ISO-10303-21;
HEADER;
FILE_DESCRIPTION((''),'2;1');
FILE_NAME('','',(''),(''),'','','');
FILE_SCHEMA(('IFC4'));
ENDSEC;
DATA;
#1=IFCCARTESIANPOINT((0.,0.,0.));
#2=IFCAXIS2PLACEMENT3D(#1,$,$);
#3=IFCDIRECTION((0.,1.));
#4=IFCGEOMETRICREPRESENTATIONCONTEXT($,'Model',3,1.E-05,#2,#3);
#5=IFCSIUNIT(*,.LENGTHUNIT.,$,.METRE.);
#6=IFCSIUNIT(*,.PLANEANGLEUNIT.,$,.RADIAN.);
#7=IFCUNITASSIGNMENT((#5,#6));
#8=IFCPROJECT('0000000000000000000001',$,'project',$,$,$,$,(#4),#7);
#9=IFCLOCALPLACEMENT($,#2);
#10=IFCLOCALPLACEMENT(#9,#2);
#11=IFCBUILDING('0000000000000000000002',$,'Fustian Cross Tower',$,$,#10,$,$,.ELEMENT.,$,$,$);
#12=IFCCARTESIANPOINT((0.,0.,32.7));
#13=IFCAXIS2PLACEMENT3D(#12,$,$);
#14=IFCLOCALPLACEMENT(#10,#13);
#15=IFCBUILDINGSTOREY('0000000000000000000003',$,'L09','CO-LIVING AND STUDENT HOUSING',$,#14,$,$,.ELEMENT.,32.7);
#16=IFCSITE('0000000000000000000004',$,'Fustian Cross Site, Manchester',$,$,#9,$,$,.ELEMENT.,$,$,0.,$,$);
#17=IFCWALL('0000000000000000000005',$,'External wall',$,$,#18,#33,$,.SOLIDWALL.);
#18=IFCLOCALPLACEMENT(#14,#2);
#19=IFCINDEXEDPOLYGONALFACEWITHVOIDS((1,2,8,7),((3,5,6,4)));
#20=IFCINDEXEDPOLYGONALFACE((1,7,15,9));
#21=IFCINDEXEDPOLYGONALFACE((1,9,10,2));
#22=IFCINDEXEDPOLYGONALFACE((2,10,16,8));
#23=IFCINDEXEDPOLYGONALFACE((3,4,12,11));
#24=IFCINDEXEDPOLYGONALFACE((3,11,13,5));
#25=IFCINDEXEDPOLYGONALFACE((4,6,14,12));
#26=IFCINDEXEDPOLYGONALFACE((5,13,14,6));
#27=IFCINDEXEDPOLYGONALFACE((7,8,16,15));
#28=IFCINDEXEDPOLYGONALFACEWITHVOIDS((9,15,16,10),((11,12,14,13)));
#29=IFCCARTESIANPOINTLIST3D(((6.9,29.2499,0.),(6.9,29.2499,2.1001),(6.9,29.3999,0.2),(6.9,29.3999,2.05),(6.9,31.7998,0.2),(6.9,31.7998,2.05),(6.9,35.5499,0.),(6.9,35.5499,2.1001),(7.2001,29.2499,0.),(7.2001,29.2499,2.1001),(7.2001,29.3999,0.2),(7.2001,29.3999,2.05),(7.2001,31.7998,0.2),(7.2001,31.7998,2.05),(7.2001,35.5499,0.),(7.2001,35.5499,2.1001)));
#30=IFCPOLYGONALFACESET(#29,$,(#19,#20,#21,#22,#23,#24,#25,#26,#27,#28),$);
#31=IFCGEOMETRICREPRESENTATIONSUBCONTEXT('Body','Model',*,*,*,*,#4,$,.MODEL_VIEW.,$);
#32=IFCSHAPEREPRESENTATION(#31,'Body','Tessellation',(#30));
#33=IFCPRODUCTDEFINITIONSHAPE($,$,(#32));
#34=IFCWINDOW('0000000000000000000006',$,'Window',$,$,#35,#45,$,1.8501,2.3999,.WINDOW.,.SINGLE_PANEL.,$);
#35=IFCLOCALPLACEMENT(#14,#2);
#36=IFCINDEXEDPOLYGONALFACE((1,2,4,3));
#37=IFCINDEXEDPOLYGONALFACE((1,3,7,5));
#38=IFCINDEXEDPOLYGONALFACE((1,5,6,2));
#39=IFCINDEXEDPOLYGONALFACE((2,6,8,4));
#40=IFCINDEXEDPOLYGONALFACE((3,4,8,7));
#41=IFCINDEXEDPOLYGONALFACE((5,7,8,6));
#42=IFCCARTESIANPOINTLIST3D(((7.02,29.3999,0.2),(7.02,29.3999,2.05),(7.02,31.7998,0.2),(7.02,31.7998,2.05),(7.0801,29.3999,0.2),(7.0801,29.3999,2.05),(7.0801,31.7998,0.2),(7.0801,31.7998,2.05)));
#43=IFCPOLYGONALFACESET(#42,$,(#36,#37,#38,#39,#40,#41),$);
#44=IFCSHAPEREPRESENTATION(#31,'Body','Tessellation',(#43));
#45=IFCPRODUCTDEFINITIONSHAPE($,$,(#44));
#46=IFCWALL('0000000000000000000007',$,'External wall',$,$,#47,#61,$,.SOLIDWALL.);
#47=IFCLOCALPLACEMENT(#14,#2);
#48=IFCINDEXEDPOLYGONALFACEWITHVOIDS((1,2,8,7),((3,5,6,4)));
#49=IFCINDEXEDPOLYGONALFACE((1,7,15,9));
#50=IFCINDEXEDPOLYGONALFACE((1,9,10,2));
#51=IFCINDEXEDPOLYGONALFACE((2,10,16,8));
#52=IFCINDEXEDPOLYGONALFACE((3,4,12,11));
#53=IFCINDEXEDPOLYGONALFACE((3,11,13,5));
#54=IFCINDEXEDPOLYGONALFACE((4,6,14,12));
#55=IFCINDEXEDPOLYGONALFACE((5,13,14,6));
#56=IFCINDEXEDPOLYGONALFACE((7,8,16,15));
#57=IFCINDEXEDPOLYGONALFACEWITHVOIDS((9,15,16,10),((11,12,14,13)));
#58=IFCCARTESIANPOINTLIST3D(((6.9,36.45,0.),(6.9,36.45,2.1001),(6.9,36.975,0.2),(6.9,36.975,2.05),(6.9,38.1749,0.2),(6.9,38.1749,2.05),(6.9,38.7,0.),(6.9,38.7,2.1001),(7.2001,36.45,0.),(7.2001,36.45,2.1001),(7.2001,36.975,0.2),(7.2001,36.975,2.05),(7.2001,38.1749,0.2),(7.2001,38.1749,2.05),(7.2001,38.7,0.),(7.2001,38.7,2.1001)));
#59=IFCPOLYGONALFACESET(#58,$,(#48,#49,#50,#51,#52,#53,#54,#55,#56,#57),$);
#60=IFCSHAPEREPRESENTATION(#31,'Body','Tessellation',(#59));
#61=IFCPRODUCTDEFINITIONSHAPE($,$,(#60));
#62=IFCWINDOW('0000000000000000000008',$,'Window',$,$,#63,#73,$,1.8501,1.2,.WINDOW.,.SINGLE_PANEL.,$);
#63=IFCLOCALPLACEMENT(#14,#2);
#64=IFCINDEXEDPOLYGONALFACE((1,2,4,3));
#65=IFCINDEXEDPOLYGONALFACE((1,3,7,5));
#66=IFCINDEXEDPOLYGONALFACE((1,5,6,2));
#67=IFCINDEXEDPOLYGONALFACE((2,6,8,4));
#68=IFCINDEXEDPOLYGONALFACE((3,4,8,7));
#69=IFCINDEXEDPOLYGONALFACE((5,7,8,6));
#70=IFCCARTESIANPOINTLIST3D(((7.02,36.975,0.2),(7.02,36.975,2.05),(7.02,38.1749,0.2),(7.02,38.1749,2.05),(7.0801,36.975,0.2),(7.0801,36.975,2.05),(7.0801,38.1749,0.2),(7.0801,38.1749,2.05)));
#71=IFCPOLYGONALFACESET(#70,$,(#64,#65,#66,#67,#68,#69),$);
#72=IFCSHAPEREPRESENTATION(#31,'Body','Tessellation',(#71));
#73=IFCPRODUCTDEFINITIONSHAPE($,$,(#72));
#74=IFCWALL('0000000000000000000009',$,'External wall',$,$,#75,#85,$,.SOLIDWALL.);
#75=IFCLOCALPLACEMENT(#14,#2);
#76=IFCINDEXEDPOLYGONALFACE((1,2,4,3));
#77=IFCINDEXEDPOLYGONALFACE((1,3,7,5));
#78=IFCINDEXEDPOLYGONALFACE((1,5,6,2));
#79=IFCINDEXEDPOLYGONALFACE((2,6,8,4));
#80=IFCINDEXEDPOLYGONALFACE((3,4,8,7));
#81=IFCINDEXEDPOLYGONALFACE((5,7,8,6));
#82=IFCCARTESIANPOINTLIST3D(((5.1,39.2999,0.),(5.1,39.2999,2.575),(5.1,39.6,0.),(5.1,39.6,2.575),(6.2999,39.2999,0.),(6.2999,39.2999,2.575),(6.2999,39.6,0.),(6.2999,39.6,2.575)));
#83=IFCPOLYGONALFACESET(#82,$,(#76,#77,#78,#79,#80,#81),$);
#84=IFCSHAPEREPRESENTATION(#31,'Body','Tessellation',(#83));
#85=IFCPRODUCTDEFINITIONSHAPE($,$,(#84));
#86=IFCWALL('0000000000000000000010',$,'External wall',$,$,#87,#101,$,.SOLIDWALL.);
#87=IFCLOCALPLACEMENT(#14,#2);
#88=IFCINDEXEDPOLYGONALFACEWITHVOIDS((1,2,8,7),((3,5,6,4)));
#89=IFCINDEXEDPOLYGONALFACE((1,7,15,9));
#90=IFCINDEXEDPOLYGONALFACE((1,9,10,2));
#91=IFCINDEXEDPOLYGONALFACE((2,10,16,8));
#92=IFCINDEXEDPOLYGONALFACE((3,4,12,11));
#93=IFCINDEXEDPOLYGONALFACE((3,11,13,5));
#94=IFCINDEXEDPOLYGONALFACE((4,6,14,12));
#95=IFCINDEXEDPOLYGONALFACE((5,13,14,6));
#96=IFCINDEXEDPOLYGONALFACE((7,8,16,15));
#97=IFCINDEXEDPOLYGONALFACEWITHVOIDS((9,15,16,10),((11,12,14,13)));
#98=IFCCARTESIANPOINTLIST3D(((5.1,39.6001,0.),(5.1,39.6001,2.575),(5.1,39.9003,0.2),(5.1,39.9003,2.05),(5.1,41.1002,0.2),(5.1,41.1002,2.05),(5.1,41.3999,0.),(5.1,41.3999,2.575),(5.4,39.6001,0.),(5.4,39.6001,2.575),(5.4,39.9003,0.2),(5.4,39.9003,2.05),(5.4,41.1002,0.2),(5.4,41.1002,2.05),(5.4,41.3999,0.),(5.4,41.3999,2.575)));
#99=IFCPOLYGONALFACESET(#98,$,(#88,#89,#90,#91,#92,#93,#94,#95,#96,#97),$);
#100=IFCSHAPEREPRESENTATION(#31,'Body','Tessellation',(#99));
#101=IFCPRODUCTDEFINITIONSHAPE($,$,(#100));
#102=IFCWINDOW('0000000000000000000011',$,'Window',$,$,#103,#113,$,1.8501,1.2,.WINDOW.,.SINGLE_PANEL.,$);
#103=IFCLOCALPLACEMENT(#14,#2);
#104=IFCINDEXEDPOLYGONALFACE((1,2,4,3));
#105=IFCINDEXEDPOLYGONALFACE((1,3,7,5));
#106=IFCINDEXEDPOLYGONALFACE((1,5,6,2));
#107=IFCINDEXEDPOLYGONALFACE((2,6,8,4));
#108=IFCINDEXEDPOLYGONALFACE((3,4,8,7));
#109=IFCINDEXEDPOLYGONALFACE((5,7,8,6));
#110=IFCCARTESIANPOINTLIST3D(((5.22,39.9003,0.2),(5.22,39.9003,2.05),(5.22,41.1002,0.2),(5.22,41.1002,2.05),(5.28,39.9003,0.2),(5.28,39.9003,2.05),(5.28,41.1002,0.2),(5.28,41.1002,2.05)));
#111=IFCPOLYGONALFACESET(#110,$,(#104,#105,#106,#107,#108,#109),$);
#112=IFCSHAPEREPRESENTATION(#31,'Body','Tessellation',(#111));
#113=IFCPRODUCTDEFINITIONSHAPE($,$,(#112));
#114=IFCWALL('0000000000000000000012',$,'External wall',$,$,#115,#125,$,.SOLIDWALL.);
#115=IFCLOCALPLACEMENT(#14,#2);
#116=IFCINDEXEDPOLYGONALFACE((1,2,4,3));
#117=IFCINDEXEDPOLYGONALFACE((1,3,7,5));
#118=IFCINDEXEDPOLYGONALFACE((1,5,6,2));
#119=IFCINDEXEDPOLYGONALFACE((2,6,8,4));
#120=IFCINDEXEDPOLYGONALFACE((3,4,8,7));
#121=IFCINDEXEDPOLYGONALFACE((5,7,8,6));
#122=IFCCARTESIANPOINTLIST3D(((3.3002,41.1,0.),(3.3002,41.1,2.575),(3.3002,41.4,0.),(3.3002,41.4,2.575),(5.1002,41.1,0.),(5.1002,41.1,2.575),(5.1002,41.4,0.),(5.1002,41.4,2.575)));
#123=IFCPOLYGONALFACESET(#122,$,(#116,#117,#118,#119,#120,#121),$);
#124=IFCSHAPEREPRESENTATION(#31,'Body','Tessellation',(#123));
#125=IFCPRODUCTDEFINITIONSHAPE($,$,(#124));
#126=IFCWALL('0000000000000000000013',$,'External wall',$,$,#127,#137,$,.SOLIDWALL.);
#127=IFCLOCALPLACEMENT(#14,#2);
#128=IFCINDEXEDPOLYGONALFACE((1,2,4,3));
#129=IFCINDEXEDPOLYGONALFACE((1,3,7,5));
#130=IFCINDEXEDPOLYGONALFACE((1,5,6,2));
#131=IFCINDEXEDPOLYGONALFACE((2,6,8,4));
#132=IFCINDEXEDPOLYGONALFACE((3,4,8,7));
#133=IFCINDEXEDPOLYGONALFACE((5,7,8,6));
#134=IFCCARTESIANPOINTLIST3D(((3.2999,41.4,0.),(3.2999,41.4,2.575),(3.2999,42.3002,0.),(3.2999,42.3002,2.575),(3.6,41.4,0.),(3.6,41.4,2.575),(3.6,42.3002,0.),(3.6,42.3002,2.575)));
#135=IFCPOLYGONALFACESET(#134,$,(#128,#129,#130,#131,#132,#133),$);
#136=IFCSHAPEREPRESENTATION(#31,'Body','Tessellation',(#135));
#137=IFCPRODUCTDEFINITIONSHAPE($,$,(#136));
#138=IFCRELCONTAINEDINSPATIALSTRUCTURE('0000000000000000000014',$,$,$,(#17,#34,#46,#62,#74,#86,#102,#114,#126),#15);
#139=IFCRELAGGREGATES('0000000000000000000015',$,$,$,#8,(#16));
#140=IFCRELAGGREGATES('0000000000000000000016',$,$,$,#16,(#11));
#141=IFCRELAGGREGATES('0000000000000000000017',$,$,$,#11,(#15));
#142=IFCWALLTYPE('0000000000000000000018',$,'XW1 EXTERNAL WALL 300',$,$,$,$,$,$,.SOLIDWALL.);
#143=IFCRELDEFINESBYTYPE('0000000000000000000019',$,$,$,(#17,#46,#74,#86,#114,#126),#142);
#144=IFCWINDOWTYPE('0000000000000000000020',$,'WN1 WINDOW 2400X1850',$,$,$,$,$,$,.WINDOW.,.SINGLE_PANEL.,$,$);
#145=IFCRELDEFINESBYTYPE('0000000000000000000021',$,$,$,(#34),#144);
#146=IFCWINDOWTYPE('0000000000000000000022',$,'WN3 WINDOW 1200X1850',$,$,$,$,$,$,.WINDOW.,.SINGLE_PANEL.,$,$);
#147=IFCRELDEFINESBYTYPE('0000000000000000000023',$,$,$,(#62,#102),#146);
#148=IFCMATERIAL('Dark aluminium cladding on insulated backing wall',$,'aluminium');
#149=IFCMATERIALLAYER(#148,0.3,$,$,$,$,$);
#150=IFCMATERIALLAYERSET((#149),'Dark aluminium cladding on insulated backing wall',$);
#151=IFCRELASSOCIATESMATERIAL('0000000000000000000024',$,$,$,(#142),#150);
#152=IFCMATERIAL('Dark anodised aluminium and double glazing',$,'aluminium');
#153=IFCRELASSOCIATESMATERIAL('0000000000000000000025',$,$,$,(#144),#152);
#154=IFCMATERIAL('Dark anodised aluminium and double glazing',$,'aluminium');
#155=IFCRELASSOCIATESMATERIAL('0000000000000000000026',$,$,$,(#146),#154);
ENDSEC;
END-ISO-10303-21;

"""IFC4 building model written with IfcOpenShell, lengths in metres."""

from ifc_helpers import new_model, si_unit, direction, frame, frame_2d, origin, place, context, subcontext, project, spatial, rectangle, extrude, material, layer, layer_set, type_object, element, fill, save


model = new_model("IFC4")

# Units and contexts
model_context = context("Model", 3, precision=1e-05, world=origin(), true_north=direction((0.0, 1.0)))
body_context = subcontext(model_context, "Body", "Model", "MODEL_VIEW")
ifc_project = project(units=[si_unit("LENGTHUNIT", "METRE"), si_unit("PLANEANGLEUNIT", "RADIAN")], contexts=[model_context])

# Site, building, storey
site_placement = place(None, origin())
site = spatial("IfcSite", under=ifc_project, at=site_placement, Name="Fustian Cross Site, Manchester", CompositionType="ELEMENT", RefElevation=0.0)
building_placement = place(site_placement, origin())
building = spatial("IfcBuilding", under=site, at=building_placement, Name="Fustian Cross Tower", CompositionType="ELEMENT")
storey_placement = place(building_placement, frame((0.0, 0.0, 32.7)))
storey = spatial("IfcBuildingStorey", under=building, at=storey_placement, Name="L09", Description="CO-LIVING AND STUDENT HOUSING", CompositionType="ELEMENT", Elevation=32.7)

# Walls, openings, windows
ifc_material_1 = material(Name="Dark aluminium cladding on insulated backing wall", Category="aluminium")
ifc_layer_1 = layer(ifc_material_1, 0.3)
ifc_layer_set_1 = layer_set([ifc_layer_1], Name="Dark aluminium cladding on insulated backing wall")
wall_type_1 = type_object("IfcWallType", Name="XW1 EXTERNAL WALL 300", PredefinedType="SOLIDWALL", material=ifc_layer_set_1)
wall_1_placement = place(storey_placement, frame((7.05, 29.25, 0.0), z_axis=(0.0, 0.0, 1.0), x_axis=(0.0, 1.0, 0.0)))
wall_1 = element("IfcWall", 1, at=wall_1_placement, inside=storey, type_object=wall_type_1, Name="External wall", PredefinedType="SOLIDWALL", context=body_context, shape_type="SweptSolid", body=[
    extrude(rectangle(XDim=6.3, YDim=0.3, at=frame_2d((3.1499, 0.0))), origin(), (0.0, 0.0, 1.0), 2.1001),
])
opening_1_placement = place(wall_1_placement, frame((0.1499, 0.0, 0.2)))
opening_1 = element("IfcOpeningElement", 2, at=opening_1_placement, cuts=wall_1, PredefinedType="OPENING", context=body_context, shape_type="SweptSolid", body=[
    extrude(rectangle(XDim=2.3999, YDim=1.8501, at=frame_2d((1.2, 0.925))), frame((0.0, 0.1599, 0.0), z_axis=(0.0, -1.0, 0.0), x_axis=(1.0, 0.0, 0.0)), (0.0, 0.0, 1.0), 0.3201),
])
ifc_material_2 = material(Name="Dark anodised aluminium and double glazing", Category="aluminium")
window_type_1 = type_object("IfcWindowType", Name="WN1 WINDOW 2400X1850", PartitioningType="SINGLE_PANEL", PredefinedType="WINDOW", material=ifc_material_2)
window_1_placement = place(opening_1_placement, origin())
window_1 = element("IfcWindow", 3, at=window_1_placement, inside=storey, type_object=window_type_1, Name="Window", OverallHeight=1.8501, OverallWidth=2.3999, PartitioningType="SINGLE_PANEL", PredefinedType="WINDOW", context=body_context, shape_type="SweptSolid", body=[
    extrude(rectangle(XDim=2.3999, YDim=1.8501, at=frame_2d((1.2, 0.925))), frame((0.0, 0.03, 0.0), z_axis=(0.0, -1.0, 0.0), x_axis=(1.0, 0.0, 0.0)), (0.0, 0.0, 1.0), 0.0601),
])
fill(opening_1, window_1)
wall_2_placement = place(storey_placement, frame((7.05, 36.45, 0.0), z_axis=(0.0, 0.0, 1.0), x_axis=(0.0, 1.0, 0.0)))
wall_2 = element("IfcWall", 4, at=wall_2_placement, inside=storey, type_object=wall_type_1, Name="External wall", PredefinedType="SOLIDWALL", context=body_context, shape_type="SweptSolid", body=[
    extrude(rectangle(XDim=2.25, YDim=0.3, at=frame_2d((1.125, 0.0))), origin(), (0.0, 0.0, 1.0), 2.1001),
])
opening_2_placement = place(wall_2_placement, frame((0.5249, 0.0, 0.2)))
opening_2 = element("IfcOpeningElement", 5, at=opening_2_placement, cuts=wall_2, PredefinedType="OPENING", context=body_context, shape_type="SweptSolid", body=[
    extrude(rectangle(XDim=1.2, YDim=1.8501, at=frame_2d((0.6001, 0.925))), frame((0.0, 0.1599, 0.0), z_axis=(0.0, -1.0, 0.0), x_axis=(1.0, 0.0, 0.0)), (0.0, 0.0, 1.0), 0.3201),
])
ifc_material_3 = material(Name="Dark anodised aluminium and double glazing", Category="aluminium")
window_type_2 = type_object("IfcWindowType", Name="WN3 WINDOW 1200X1850", PartitioningType="SINGLE_PANEL", PredefinedType="WINDOW", material=ifc_material_3)
window_2_placement = place(opening_2_placement, origin())
window_2 = element("IfcWindow", 6, at=window_2_placement, inside=storey, type_object=window_type_2, Name="Window", OverallHeight=1.8501, OverallWidth=1.2, PartitioningType="SINGLE_PANEL", PredefinedType="WINDOW", context=body_context, shape_type="SweptSolid", body=[
    extrude(rectangle(XDim=1.2, YDim=1.8501, at=frame_2d((0.6001, 0.925))), frame((0.0, 0.03, 0.0), z_axis=(0.0, -1.0, 0.0), x_axis=(1.0, 0.0, 0.0)), (0.0, 0.0, 1.0), 0.0601),
])
fill(opening_2, window_2)

# Wall
wall_3_placement = place(storey_placement, frame((6.3, 39.45, 0.0), z_axis=(0.0, 0.0, 1.0), x_axis=(-1.0, 0.0, 0.0)))
element("IfcWall", 7, at=wall_3_placement, inside=storey, type_object=wall_type_1, Name="External wall", PredefinedType="SOLIDWALL", context=body_context, shape_type="SweptSolid", body=[
    extrude(rectangle(XDim=1.2, YDim=0.3, at=frame_2d((0.6001, 0.0))), origin(), (0.0, 0.0, 1.0), 2.575),
])

# Wall, opening, window
wall_4_placement = place(storey_placement, frame((5.25, 39.6001, 0.0), z_axis=(0.0, 0.0, 1.0), x_axis=(0.0, 1.0, 0.0)))
wall_4 = element("IfcWall", 8, at=wall_4_placement, inside=storey, type_object=wall_type_1, Name="External wall", PredefinedType="SOLIDWALL", context=body_context, shape_type="SweptSolid", body=[
    extrude(rectangle(XDim=1.7998, YDim=0.3, at=frame_2d((0.8999, 0.0))), origin(), (0.0, 0.0, 1.0), 2.575),
])
opening_3_placement = place(wall_4_placement, frame((0.3, 0.0, 0.2)))
opening_3 = element("IfcOpeningElement", 9, at=opening_3_placement, cuts=wall_4, PredefinedType="OPENING", context=body_context, shape_type="SweptSolid", body=[
    extrude(rectangle(XDim=1.2, YDim=1.8501, at=frame_2d((0.6001, 0.925))), frame((0.0, 0.1599, 0.0), z_axis=(0.0, -1.0, 0.0), x_axis=(1.0, 0.0, 0.0)), (0.0, 0.0, 1.0), 0.3201),
])
window_3_placement = place(opening_3_placement, origin())
window_3 = element("IfcWindow", 10, at=window_3_placement, inside=storey, type_object=window_type_2, Name="Window", OverallHeight=1.8501, OverallWidth=1.2, PartitioningType="SINGLE_PANEL", PredefinedType="WINDOW", context=body_context, shape_type="SweptSolid", body=[
    extrude(rectangle(XDim=1.2, YDim=1.8501, at=frame_2d((0.6001, 0.925))), frame((0.0, 0.03, 0.0), z_axis=(0.0, -1.0, 0.0), x_axis=(1.0, 0.0, 0.0)), (0.0, 0.0, 1.0), 0.0601),
])
fill(opening_3, window_3)

# Walls
wall_5_placement = place(storey_placement, frame((5.1001, 41.25, 0.0), z_axis=(0.0, 0.0, 1.0), x_axis=(-1.0, 0.0, 0.0)))
element("IfcWall", 11, at=wall_5_placement, inside=storey, type_object=wall_type_1, Name="External wall", PredefinedType="SOLIDWALL", context=body_context, shape_type="SweptSolid", body=[
    extrude(rectangle(XDim=1.8, YDim=0.3, at=frame_2d((0.8999, 0.0))), origin(), (0.0, 0.0, 1.0), 2.575),
])
wall_6_placement = place(storey_placement, frame((3.45, 41.3999, 0.0), z_axis=(0.0, 0.0, 1.0), x_axis=(0.0, 1.0, 0.0)))
element("IfcWall", 12, at=wall_6_placement, inside=storey, type_object=wall_type_1, Name="External wall", PredefinedType="SOLIDWALL", context=body_context, shape_type="SweptSolid", body=[
    extrude(rectangle(XDim=0.9001, YDim=0.3, at=frame_2d((0.4502, 0.0))), origin(), (0.0, 0.0, 1.0), 2.575),
])

save(model, "model.ifc")
